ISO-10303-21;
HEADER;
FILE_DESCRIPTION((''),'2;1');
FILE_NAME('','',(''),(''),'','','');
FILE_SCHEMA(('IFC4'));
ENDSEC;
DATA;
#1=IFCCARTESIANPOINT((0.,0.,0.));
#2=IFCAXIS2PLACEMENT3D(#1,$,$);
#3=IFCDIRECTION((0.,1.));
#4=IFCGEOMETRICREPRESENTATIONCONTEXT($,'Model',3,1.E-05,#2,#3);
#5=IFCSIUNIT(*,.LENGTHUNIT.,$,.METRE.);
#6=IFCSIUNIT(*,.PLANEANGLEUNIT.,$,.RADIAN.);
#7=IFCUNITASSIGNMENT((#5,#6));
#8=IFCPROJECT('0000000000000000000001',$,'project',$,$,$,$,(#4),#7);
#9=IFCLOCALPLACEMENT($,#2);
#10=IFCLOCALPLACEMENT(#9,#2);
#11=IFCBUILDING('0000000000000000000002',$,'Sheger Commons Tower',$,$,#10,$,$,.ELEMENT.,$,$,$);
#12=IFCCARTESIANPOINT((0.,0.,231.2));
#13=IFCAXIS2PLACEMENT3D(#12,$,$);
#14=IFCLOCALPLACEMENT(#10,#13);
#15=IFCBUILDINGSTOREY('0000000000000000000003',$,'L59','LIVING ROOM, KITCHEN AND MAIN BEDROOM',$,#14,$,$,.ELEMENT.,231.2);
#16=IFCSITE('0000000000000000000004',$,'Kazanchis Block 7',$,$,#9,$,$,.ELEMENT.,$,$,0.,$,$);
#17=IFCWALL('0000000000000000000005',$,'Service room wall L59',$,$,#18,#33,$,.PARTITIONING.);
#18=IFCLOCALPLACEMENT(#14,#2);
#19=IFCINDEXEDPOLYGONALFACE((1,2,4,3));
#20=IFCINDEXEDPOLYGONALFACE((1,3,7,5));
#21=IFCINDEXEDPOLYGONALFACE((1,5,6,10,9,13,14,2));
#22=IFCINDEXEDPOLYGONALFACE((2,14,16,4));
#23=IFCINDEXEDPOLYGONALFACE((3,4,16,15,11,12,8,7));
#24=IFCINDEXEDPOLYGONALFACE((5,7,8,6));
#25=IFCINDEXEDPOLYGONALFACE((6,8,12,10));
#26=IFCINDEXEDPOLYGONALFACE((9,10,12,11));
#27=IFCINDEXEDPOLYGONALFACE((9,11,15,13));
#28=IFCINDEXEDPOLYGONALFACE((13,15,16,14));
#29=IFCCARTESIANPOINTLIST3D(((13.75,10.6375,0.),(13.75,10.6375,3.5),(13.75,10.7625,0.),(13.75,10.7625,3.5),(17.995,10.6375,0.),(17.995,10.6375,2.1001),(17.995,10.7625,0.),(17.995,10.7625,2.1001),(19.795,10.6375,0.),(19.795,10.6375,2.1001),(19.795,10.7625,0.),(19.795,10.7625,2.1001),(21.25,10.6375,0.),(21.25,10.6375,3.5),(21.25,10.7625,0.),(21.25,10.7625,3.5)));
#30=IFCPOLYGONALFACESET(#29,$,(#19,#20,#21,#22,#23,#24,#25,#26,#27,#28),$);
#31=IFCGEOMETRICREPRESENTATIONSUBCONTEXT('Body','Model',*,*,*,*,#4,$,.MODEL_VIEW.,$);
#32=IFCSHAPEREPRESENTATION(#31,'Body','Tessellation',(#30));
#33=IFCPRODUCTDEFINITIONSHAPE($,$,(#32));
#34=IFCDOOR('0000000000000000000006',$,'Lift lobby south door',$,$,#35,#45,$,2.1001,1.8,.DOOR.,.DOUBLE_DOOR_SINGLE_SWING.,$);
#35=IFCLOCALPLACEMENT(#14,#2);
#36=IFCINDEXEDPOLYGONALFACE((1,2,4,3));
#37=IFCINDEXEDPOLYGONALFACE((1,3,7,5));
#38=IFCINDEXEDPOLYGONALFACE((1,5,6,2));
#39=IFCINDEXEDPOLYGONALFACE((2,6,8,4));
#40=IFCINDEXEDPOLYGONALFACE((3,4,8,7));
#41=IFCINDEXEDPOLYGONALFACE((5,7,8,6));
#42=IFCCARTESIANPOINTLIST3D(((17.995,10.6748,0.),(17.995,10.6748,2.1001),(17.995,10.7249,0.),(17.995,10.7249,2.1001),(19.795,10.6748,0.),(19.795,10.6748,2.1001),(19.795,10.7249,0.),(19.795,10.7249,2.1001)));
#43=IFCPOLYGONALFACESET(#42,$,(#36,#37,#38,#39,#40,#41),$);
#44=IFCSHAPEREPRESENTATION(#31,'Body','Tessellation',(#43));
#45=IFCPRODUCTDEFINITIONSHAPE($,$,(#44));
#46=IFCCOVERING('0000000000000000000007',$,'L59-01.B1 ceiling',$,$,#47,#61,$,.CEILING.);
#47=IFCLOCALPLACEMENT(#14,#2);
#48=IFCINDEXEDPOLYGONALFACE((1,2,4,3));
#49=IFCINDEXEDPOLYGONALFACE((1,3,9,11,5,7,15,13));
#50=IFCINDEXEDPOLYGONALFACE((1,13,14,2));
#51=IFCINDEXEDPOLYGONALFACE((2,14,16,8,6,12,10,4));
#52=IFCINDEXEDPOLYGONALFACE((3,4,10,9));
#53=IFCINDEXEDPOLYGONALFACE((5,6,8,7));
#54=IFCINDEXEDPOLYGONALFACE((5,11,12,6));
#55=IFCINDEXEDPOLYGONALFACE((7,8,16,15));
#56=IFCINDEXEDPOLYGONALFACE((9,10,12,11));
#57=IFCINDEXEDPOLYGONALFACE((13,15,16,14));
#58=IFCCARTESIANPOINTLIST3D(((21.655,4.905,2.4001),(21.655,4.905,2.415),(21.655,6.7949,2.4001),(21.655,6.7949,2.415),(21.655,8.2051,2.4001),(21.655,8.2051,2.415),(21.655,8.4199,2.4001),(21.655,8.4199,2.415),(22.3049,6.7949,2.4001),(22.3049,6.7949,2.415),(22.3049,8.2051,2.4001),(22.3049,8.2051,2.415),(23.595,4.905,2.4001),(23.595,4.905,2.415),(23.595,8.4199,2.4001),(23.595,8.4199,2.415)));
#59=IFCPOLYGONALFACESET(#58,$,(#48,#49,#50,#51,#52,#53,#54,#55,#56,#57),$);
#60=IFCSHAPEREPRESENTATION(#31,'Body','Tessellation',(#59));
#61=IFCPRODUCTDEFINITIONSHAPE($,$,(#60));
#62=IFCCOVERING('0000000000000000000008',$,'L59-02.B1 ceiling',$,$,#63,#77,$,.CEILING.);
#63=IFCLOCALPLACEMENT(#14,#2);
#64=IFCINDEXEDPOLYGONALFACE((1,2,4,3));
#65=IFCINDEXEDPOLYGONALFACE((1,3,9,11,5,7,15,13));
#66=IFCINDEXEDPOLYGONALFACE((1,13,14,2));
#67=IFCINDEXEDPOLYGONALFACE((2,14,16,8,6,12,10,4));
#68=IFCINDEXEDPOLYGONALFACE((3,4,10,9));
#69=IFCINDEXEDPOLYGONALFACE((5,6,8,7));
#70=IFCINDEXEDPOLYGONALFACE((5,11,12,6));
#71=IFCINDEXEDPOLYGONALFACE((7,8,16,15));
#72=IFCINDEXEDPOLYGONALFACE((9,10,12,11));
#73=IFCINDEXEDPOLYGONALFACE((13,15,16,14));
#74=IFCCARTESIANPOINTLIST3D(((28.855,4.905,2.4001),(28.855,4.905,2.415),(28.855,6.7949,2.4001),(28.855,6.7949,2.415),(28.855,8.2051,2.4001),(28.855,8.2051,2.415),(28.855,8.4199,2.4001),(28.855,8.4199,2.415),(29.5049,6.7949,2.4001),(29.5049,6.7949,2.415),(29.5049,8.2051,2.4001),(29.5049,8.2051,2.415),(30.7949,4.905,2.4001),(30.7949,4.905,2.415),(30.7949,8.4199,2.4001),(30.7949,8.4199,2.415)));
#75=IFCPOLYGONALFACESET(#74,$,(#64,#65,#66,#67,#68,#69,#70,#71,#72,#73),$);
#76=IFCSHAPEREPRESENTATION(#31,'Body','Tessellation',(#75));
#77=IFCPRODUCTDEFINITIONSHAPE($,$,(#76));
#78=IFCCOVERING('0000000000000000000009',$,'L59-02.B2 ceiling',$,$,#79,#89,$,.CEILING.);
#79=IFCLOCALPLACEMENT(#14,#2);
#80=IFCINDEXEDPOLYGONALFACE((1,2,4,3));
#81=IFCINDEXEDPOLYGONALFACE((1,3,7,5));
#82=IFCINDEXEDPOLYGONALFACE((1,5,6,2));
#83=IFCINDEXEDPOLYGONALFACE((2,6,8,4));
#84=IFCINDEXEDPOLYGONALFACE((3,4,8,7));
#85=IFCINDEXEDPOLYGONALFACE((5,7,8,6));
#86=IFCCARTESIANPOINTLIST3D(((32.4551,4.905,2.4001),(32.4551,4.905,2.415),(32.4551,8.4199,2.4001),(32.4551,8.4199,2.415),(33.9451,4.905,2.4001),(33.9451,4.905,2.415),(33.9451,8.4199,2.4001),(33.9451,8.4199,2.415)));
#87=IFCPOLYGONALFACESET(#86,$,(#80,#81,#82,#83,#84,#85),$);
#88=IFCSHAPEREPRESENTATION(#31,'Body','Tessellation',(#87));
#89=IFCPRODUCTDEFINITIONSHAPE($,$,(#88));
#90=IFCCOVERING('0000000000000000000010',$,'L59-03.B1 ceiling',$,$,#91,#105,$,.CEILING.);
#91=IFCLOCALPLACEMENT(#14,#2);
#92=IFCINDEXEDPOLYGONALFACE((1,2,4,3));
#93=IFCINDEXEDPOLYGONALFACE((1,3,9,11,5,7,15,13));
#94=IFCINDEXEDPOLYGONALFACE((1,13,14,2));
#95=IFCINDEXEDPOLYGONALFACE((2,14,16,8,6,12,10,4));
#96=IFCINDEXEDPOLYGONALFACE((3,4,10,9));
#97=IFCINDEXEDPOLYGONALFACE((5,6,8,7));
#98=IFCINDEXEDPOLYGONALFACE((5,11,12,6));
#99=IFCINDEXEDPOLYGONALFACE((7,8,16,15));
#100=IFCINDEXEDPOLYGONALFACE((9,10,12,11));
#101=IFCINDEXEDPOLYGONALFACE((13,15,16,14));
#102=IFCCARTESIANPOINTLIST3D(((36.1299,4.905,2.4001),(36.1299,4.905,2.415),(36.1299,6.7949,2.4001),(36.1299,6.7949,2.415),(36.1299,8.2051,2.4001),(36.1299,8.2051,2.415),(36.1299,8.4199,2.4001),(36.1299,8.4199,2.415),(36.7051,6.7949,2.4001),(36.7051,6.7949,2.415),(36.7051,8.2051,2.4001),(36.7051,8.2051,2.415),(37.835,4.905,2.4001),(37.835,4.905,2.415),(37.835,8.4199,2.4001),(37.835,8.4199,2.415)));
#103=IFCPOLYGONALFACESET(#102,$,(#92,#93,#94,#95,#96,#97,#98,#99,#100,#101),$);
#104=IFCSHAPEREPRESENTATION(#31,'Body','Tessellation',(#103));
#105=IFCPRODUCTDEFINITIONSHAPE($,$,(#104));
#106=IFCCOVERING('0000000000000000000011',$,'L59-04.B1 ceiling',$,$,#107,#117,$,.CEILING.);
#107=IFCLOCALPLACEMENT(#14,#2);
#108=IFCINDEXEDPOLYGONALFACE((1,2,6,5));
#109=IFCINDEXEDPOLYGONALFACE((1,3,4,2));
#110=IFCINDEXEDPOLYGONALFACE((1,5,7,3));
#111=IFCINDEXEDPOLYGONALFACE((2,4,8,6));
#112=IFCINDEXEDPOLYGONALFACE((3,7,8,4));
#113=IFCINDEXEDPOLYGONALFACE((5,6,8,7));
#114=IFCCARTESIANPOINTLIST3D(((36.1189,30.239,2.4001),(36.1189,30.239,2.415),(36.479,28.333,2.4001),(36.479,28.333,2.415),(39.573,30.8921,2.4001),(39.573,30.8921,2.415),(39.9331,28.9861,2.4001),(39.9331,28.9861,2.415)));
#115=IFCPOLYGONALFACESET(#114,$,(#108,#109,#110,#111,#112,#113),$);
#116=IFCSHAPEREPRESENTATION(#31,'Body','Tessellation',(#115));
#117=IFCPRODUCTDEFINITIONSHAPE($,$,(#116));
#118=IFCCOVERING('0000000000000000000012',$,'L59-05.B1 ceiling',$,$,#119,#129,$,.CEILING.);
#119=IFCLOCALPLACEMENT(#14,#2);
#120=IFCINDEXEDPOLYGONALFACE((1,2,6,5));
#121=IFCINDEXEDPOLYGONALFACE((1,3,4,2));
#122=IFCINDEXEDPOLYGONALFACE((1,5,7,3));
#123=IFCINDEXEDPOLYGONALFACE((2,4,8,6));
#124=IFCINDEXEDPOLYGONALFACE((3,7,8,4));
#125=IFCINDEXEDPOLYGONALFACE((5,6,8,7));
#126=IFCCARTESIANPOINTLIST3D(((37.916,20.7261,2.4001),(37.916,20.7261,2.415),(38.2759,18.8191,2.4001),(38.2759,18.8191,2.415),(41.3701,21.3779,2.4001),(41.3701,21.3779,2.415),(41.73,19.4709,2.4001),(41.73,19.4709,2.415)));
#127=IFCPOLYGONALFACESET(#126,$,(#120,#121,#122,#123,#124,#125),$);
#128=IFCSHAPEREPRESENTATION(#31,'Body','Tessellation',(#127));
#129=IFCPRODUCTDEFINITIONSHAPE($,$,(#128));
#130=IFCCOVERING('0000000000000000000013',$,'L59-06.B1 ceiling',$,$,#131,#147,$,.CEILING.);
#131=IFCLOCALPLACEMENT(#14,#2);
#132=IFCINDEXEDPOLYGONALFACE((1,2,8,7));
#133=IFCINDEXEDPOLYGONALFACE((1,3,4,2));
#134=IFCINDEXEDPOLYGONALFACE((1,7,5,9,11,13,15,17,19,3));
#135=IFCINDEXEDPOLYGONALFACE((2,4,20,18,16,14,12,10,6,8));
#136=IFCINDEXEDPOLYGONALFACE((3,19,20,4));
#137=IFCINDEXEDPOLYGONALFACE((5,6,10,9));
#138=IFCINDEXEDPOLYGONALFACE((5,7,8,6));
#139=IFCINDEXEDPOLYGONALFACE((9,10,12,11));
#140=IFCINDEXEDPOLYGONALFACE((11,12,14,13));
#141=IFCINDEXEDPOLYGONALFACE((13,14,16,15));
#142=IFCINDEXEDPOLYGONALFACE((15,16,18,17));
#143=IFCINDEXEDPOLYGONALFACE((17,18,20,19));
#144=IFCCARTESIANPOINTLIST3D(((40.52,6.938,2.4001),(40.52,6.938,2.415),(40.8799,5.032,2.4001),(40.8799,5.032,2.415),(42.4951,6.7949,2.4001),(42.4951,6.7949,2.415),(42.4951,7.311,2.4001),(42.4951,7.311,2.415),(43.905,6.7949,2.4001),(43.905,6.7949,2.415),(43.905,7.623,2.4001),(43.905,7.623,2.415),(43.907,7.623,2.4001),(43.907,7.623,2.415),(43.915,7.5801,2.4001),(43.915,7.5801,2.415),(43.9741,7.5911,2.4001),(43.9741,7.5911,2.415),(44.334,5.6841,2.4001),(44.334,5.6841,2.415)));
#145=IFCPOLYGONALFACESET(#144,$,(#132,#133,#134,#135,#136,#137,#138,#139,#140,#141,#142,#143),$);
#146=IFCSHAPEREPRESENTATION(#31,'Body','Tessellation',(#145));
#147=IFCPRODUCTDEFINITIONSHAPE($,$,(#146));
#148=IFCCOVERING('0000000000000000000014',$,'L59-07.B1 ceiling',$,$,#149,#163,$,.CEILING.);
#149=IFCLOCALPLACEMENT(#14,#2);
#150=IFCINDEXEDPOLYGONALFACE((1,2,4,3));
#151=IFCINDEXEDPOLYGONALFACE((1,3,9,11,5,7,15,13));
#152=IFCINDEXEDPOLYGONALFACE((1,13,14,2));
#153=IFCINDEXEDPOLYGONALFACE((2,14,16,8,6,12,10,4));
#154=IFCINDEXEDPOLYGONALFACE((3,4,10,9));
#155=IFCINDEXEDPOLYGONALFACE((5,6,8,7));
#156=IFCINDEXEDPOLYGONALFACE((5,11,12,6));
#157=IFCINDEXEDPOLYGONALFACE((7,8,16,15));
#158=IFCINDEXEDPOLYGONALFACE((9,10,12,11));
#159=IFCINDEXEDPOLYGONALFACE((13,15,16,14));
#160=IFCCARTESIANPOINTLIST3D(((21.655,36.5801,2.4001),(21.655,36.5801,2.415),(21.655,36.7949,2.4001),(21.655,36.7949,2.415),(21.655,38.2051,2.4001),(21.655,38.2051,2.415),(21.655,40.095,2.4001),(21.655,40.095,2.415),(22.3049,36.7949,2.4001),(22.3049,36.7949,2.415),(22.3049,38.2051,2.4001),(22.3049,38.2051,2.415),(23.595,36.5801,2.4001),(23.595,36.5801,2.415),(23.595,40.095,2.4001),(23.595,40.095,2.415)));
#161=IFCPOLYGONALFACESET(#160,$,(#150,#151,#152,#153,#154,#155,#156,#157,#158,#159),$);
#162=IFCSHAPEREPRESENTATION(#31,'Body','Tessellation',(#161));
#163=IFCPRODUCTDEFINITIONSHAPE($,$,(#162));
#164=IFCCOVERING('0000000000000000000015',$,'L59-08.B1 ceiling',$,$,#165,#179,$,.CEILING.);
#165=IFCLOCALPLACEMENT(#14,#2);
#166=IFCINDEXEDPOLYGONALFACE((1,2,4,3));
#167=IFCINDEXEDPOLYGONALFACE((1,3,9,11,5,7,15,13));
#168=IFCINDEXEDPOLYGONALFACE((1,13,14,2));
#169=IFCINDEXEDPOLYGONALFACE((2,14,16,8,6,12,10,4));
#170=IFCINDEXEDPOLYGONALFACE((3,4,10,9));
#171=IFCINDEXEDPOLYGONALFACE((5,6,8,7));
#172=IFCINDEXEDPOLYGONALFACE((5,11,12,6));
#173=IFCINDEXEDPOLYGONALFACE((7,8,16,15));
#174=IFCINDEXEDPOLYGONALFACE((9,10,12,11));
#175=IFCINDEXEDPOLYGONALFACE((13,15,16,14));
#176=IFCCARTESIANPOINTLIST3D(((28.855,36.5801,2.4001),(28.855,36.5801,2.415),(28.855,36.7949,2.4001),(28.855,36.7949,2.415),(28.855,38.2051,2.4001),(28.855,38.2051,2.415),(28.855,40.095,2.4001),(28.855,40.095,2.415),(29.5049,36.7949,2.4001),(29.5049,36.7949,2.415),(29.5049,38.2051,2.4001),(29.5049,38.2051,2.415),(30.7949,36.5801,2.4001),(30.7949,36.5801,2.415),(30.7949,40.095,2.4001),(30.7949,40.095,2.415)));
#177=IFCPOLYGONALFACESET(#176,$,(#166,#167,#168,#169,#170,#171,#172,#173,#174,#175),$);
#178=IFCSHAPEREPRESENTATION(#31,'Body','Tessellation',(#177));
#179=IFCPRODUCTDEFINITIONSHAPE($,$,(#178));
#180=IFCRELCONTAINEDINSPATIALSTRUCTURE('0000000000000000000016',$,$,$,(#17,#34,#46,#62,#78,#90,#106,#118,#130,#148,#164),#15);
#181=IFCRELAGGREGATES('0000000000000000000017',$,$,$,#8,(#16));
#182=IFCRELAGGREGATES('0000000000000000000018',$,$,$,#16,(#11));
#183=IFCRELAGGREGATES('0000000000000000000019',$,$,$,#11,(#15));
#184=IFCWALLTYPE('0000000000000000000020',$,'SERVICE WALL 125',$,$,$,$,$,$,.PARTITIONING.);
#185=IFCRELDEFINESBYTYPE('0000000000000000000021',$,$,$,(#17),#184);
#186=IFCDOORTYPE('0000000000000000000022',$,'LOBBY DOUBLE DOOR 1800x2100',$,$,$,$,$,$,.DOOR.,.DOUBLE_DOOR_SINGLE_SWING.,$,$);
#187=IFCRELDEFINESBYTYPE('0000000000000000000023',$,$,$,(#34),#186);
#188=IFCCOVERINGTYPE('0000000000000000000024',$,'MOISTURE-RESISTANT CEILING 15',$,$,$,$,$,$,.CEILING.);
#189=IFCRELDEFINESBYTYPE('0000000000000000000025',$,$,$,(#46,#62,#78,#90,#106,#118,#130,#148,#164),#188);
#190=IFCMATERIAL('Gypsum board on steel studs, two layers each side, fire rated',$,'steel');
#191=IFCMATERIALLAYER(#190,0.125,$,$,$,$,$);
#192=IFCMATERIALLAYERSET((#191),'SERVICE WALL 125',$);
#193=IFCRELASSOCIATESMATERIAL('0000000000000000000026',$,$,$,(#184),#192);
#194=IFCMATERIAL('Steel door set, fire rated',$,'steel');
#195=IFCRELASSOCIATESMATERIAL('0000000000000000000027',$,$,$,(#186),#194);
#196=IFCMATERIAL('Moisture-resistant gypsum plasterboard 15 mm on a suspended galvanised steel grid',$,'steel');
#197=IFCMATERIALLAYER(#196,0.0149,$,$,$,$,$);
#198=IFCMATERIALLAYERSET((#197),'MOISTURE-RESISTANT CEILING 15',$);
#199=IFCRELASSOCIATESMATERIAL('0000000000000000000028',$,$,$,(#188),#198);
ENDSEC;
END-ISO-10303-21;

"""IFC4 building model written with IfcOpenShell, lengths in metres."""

from ifc_helpers import new_model, si_unit, direction, frame, frame_2d, origin, place, context, subcontext, project, spatial, polyline, rectangle, outline, extrude, material, layer, layer_set, type_object, element, fill, save


model = new_model("IFC4")

# Units and contexts
model_context = context("Model", 3, precision=1e-05, world=origin(), true_north=direction((0.0, 1.0)))
body_context = subcontext(model_context, "Body", "Model", "MODEL_VIEW")
ifc_project = project(units=[si_unit("LENGTHUNIT", "METRE"), si_unit("PLANEANGLEUNIT", "RADIAN")], contexts=[model_context])

# Site, building, storey
site_placement = place(None, origin())
site = spatial("IfcSite", under=ifc_project, at=site_placement, Name="Kazanchis Block 7", CompositionType="ELEMENT", RefElevation=0.0)
building_placement = place(site_placement, origin())
building = spatial("IfcBuilding", under=site, at=building_placement, Name="Sheger Commons Tower", CompositionType="ELEMENT")
storey_placement = place(building_placement, frame((0.0, 0.0, 231.2)))
storey = spatial("IfcBuildingStorey", under=building, at=storey_placement, Name="L59", Description="LIVING ROOM, KITCHEN AND MAIN BEDROOM", CompositionType="ELEMENT", Elevation=231.2)

# Wall, opening, door
ifc_material_1 = material(Name="Gypsum board on steel studs, two layers each side, fire rated", Category="steel")
ifc_layer_1 = layer(ifc_material_1, 0.125)
ifc_layer_set_1 = layer_set([ifc_layer_1], Name="SERVICE WALL 125")
wall_type_1 = type_object("IfcWallType", Name="SERVICE WALL 125", PredefinedType="PARTITIONING", material=ifc_layer_set_1)
wall_1_placement = place(storey_placement, frame((13.75, 10.7, 0.0), z_axis=(0.0, 0.0, 1.0), x_axis=(1.0, 0.0, 0.0)))
wall_1 = element("IfcWall", 1, at=wall_1_placement, inside=storey, type_object=wall_type_1, Name="Service room wall L59", PredefinedType="PARTITIONING", context=body_context, shape_type="SweptSolid", body=[
    extrude(rectangle(XDim=7.5, YDim=0.125, at=frame_2d((3.75, 0.0))), origin(), (0.0, 0.0, 1.0), 3.5),
])
opening_placement = place(wall_1_placement, frame((4.2451, 0.0, 0.0)))
opening = element("IfcOpeningElement", 2, at=opening_placement, cuts=wall_1, PredefinedType="OPENING", context=body_context, shape_type="SweptSolid", body=[
    extrude(rectangle(XDim=1.8, YDim=2.1001, at=frame_2d((0.8999, 1.05))), frame((0.0, 0.0725, 0.0), z_axis=(0.0, -1.0, 0.0), x_axis=(1.0, 0.0, 0.0)), (0.0, 0.0, 1.0), 0.145),
])
ifc_material_2 = material(Name="Steel door set, fire rated", Category="steel")
door_type = type_object("IfcDoorType", Name="LOBBY DOUBLE DOOR 1800x2100", OperationType="DOUBLE_DOOR_SINGLE_SWING", PredefinedType="DOOR", material=ifc_material_2)
door_placement = place(opening_placement, origin())
door = element("IfcDoor", 3, at=door_placement, inside=storey, type_object=door_type, Name="Lift lobby south door", OperationType="DOUBLE_DOOR_SINGLE_SWING", OverallHeight=2.1001, OverallWidth=1.8, PredefinedType="DOOR", context=body_context, shape_type="SweptSolid", body=[
    extrude(rectangle(XDim=1.8, YDim=2.1001, at=frame_2d((0.8999, 1.05))), frame((0.0, 0.0249, 0.0), z_axis=(0.0, -1.0, 0.0), x_axis=(1.0, 0.0, 0.0)), (0.0, 0.0, 1.0), 0.05),
])
fill(opening, door)

# Coverings
ifc_material_3 = material(Name="Moisture-resistant gypsum plasterboard 15 mm on a suspended galvanised steel grid", Category="steel")
ifc_layer_2 = layer(ifc_material_3, 0.0149)
ifc_layer_set_2 = layer_set([ifc_layer_2], Name="MOISTURE-RESISTANT CEILING 15")
covering_type_1 = type_object("IfcCoveringType", Name="MOISTURE-RESISTANT CEILING 15", PredefinedType="CEILING", material=ifc_layer_set_2)
covering_1_placement = place(storey_placement, frame((0.0, 0.0, 2.4001)))
element("IfcCovering", 4, at=covering_1_placement, inside=storey, type_object=covering_type_1, Name="L59-01.B1 ceiling", PredefinedType="CEILING", context=body_context, shape_type="SweptSolid", body=[
    extrude(outline(polyline([(21.655, 4.905), (23.595, 4.905), (23.595, 8.4199), (21.655, 8.4199), (21.655, 8.2051), (22.3049, 8.2051), (22.3049, 6.7949), (21.655, 6.7949), (21.655, 4.905)])), origin(), (0.0, 0.0, 1.0), 0.0149),
])
covering_2_placement = place(storey_placement, frame((0.0, 0.0, 2.4001)))
element("IfcCovering", 5, at=covering_2_placement, inside=storey, type_object=covering_type_1, Name="L59-02.B1 ceiling", PredefinedType="CEILING", context=body_context, shape_type="SweptSolid", body=[
    extrude(outline(polyline([(28.855, 4.905), (30.7949, 4.905), (30.7949, 8.4199), (28.855, 8.4199), (28.855, 8.2051), (29.5049, 8.2051), (29.5049, 6.7949), (28.855, 6.7949), (28.855, 4.905)])), origin(), (0.0, 0.0, 1.0), 0.0149),
])
covering_3_placement = place(storey_placement, frame((0.0, 0.0, 2.4001)))
element("IfcCovering", 6, at=covering_3_placement, inside=storey, type_object=covering_type_1, Name="L59-02.B2 ceiling", PredefinedType="CEILING", context=body_context, shape_type="SweptSolid", body=[
    extrude(outline(polyline([(32.4551, 4.905), (33.9451, 4.905), (33.9451, 8.4199), (32.4551, 8.4199), (32.4551, 4.905)])), origin(), (0.0, 0.0, 1.0), 0.0149),
])
covering_4_placement = place(storey_placement, frame((0.0, 0.0, 2.4001)))
element("IfcCovering", 7, at=covering_4_placement, inside=storey, type_object=covering_type_1, Name="L59-03.B1 ceiling", PredefinedType="CEILING", context=body_context, shape_type="SweptSolid", body=[
    extrude(outline(polyline([(36.1299, 4.905), (37.835, 4.905), (37.835, 8.4199), (36.1299, 8.4199), (36.1299, 8.2051), (36.7051, 8.2051), (36.7051, 6.7949), (36.1299, 6.7949), (36.1299, 4.905)])), origin(), (0.0, 0.0, 1.0), 0.0149),
])
covering_5_placement = place(storey_placement, frame((0.0, 0.0, 2.4001)))
element("IfcCovering", 8, at=covering_5_placement, inside=storey, type_object=covering_type_1, Name="L59-04.B1 ceiling", PredefinedType="CEILING", context=body_context, shape_type="SweptSolid", body=[
    extrude(outline(polyline([(36.479, 28.333), (39.9331, 28.9861), (39.573, 30.8921), (36.1189, 30.239), (36.479, 28.333)])), origin(), (0.0, 0.0, 1.0), 0.0149),
])
covering_6_placement = place(storey_placement, frame((0.0, 0.0, 2.4001)))
element("IfcCovering", 9, at=covering_6_placement, inside=storey, type_object=covering_type_1, Name="L59-05.B1 ceiling", PredefinedType="CEILING", context=body_context, shape_type="SweptSolid", body=[
    extrude(outline(polyline([(38.2759, 18.8191), (41.73, 19.4709), (41.3701, 21.3779), (37.916, 20.7261), (38.2759, 18.8191)])), origin(), (0.0, 0.0, 1.0), 0.0149),
])
covering_7_placement = place(storey_placement, frame((0.0, 0.0, 2.4001)))
element("IfcCovering", 10, at=covering_7_placement, inside=storey, type_object=covering_type_1, Name="L59-06.B1 ceiling", PredefinedType="CEILING", context=body_context, shape_type="SweptSolid", body=[
    extrude(outline(polyline([(40.8799, 5.032), (44.334, 5.6841), (43.9741, 7.5911), (43.915, 7.5801), (43.907, 7.623), (43.905, 7.623), (43.905, 6.7949), (42.4951, 6.7949), (42.4951, 7.311), (40.52, 6.938), (40.8799, 5.032)])), origin(), (0.0, 0.0, 1.0), 0.0149),
])
covering_8_placement = place(storey_placement, frame((0.0, 0.0, 2.4001)))
element("IfcCovering", 11, at=covering_8_placement, inside=storey, type_object=covering_type_1, Name="L59-07.B1 ceiling", PredefinedType="CEILING", context=body_context, shape_type="SweptSolid", body=[
    extrude(outline(polyline([(21.655, 36.5801), (23.595, 36.5801), (23.595, 40.095), (21.655, 40.095), (21.655, 38.2051), (22.3049, 38.2051), (22.3049, 36.7949), (21.655, 36.7949), (21.655, 36.5801)])), origin(), (0.0, 0.0, 1.0), 0.0149),
])
covering_9_placement = place(storey_placement, frame((0.0, 0.0, 2.4001)))
element("IfcCovering", 12, at=covering_9_placement, inside=storey, type_object=covering_type_1, Name="L59-08.B1 ceiling", PredefinedType="CEILING", context=body_context, shape_type="SweptSolid", body=[
    extrude(outline(polyline([(28.855, 36.5801), (30.7949, 36.5801), (30.7949, 40.095), (28.855, 40.095), (28.855, 38.2051), (29.5049, 38.2051), (29.5049, 36.7949), (28.855, 36.7949), (28.855, 36.5801)])), origin(), (0.0, 0.0, 1.0), 0.0149),
])

save(model, "model.ifc")
